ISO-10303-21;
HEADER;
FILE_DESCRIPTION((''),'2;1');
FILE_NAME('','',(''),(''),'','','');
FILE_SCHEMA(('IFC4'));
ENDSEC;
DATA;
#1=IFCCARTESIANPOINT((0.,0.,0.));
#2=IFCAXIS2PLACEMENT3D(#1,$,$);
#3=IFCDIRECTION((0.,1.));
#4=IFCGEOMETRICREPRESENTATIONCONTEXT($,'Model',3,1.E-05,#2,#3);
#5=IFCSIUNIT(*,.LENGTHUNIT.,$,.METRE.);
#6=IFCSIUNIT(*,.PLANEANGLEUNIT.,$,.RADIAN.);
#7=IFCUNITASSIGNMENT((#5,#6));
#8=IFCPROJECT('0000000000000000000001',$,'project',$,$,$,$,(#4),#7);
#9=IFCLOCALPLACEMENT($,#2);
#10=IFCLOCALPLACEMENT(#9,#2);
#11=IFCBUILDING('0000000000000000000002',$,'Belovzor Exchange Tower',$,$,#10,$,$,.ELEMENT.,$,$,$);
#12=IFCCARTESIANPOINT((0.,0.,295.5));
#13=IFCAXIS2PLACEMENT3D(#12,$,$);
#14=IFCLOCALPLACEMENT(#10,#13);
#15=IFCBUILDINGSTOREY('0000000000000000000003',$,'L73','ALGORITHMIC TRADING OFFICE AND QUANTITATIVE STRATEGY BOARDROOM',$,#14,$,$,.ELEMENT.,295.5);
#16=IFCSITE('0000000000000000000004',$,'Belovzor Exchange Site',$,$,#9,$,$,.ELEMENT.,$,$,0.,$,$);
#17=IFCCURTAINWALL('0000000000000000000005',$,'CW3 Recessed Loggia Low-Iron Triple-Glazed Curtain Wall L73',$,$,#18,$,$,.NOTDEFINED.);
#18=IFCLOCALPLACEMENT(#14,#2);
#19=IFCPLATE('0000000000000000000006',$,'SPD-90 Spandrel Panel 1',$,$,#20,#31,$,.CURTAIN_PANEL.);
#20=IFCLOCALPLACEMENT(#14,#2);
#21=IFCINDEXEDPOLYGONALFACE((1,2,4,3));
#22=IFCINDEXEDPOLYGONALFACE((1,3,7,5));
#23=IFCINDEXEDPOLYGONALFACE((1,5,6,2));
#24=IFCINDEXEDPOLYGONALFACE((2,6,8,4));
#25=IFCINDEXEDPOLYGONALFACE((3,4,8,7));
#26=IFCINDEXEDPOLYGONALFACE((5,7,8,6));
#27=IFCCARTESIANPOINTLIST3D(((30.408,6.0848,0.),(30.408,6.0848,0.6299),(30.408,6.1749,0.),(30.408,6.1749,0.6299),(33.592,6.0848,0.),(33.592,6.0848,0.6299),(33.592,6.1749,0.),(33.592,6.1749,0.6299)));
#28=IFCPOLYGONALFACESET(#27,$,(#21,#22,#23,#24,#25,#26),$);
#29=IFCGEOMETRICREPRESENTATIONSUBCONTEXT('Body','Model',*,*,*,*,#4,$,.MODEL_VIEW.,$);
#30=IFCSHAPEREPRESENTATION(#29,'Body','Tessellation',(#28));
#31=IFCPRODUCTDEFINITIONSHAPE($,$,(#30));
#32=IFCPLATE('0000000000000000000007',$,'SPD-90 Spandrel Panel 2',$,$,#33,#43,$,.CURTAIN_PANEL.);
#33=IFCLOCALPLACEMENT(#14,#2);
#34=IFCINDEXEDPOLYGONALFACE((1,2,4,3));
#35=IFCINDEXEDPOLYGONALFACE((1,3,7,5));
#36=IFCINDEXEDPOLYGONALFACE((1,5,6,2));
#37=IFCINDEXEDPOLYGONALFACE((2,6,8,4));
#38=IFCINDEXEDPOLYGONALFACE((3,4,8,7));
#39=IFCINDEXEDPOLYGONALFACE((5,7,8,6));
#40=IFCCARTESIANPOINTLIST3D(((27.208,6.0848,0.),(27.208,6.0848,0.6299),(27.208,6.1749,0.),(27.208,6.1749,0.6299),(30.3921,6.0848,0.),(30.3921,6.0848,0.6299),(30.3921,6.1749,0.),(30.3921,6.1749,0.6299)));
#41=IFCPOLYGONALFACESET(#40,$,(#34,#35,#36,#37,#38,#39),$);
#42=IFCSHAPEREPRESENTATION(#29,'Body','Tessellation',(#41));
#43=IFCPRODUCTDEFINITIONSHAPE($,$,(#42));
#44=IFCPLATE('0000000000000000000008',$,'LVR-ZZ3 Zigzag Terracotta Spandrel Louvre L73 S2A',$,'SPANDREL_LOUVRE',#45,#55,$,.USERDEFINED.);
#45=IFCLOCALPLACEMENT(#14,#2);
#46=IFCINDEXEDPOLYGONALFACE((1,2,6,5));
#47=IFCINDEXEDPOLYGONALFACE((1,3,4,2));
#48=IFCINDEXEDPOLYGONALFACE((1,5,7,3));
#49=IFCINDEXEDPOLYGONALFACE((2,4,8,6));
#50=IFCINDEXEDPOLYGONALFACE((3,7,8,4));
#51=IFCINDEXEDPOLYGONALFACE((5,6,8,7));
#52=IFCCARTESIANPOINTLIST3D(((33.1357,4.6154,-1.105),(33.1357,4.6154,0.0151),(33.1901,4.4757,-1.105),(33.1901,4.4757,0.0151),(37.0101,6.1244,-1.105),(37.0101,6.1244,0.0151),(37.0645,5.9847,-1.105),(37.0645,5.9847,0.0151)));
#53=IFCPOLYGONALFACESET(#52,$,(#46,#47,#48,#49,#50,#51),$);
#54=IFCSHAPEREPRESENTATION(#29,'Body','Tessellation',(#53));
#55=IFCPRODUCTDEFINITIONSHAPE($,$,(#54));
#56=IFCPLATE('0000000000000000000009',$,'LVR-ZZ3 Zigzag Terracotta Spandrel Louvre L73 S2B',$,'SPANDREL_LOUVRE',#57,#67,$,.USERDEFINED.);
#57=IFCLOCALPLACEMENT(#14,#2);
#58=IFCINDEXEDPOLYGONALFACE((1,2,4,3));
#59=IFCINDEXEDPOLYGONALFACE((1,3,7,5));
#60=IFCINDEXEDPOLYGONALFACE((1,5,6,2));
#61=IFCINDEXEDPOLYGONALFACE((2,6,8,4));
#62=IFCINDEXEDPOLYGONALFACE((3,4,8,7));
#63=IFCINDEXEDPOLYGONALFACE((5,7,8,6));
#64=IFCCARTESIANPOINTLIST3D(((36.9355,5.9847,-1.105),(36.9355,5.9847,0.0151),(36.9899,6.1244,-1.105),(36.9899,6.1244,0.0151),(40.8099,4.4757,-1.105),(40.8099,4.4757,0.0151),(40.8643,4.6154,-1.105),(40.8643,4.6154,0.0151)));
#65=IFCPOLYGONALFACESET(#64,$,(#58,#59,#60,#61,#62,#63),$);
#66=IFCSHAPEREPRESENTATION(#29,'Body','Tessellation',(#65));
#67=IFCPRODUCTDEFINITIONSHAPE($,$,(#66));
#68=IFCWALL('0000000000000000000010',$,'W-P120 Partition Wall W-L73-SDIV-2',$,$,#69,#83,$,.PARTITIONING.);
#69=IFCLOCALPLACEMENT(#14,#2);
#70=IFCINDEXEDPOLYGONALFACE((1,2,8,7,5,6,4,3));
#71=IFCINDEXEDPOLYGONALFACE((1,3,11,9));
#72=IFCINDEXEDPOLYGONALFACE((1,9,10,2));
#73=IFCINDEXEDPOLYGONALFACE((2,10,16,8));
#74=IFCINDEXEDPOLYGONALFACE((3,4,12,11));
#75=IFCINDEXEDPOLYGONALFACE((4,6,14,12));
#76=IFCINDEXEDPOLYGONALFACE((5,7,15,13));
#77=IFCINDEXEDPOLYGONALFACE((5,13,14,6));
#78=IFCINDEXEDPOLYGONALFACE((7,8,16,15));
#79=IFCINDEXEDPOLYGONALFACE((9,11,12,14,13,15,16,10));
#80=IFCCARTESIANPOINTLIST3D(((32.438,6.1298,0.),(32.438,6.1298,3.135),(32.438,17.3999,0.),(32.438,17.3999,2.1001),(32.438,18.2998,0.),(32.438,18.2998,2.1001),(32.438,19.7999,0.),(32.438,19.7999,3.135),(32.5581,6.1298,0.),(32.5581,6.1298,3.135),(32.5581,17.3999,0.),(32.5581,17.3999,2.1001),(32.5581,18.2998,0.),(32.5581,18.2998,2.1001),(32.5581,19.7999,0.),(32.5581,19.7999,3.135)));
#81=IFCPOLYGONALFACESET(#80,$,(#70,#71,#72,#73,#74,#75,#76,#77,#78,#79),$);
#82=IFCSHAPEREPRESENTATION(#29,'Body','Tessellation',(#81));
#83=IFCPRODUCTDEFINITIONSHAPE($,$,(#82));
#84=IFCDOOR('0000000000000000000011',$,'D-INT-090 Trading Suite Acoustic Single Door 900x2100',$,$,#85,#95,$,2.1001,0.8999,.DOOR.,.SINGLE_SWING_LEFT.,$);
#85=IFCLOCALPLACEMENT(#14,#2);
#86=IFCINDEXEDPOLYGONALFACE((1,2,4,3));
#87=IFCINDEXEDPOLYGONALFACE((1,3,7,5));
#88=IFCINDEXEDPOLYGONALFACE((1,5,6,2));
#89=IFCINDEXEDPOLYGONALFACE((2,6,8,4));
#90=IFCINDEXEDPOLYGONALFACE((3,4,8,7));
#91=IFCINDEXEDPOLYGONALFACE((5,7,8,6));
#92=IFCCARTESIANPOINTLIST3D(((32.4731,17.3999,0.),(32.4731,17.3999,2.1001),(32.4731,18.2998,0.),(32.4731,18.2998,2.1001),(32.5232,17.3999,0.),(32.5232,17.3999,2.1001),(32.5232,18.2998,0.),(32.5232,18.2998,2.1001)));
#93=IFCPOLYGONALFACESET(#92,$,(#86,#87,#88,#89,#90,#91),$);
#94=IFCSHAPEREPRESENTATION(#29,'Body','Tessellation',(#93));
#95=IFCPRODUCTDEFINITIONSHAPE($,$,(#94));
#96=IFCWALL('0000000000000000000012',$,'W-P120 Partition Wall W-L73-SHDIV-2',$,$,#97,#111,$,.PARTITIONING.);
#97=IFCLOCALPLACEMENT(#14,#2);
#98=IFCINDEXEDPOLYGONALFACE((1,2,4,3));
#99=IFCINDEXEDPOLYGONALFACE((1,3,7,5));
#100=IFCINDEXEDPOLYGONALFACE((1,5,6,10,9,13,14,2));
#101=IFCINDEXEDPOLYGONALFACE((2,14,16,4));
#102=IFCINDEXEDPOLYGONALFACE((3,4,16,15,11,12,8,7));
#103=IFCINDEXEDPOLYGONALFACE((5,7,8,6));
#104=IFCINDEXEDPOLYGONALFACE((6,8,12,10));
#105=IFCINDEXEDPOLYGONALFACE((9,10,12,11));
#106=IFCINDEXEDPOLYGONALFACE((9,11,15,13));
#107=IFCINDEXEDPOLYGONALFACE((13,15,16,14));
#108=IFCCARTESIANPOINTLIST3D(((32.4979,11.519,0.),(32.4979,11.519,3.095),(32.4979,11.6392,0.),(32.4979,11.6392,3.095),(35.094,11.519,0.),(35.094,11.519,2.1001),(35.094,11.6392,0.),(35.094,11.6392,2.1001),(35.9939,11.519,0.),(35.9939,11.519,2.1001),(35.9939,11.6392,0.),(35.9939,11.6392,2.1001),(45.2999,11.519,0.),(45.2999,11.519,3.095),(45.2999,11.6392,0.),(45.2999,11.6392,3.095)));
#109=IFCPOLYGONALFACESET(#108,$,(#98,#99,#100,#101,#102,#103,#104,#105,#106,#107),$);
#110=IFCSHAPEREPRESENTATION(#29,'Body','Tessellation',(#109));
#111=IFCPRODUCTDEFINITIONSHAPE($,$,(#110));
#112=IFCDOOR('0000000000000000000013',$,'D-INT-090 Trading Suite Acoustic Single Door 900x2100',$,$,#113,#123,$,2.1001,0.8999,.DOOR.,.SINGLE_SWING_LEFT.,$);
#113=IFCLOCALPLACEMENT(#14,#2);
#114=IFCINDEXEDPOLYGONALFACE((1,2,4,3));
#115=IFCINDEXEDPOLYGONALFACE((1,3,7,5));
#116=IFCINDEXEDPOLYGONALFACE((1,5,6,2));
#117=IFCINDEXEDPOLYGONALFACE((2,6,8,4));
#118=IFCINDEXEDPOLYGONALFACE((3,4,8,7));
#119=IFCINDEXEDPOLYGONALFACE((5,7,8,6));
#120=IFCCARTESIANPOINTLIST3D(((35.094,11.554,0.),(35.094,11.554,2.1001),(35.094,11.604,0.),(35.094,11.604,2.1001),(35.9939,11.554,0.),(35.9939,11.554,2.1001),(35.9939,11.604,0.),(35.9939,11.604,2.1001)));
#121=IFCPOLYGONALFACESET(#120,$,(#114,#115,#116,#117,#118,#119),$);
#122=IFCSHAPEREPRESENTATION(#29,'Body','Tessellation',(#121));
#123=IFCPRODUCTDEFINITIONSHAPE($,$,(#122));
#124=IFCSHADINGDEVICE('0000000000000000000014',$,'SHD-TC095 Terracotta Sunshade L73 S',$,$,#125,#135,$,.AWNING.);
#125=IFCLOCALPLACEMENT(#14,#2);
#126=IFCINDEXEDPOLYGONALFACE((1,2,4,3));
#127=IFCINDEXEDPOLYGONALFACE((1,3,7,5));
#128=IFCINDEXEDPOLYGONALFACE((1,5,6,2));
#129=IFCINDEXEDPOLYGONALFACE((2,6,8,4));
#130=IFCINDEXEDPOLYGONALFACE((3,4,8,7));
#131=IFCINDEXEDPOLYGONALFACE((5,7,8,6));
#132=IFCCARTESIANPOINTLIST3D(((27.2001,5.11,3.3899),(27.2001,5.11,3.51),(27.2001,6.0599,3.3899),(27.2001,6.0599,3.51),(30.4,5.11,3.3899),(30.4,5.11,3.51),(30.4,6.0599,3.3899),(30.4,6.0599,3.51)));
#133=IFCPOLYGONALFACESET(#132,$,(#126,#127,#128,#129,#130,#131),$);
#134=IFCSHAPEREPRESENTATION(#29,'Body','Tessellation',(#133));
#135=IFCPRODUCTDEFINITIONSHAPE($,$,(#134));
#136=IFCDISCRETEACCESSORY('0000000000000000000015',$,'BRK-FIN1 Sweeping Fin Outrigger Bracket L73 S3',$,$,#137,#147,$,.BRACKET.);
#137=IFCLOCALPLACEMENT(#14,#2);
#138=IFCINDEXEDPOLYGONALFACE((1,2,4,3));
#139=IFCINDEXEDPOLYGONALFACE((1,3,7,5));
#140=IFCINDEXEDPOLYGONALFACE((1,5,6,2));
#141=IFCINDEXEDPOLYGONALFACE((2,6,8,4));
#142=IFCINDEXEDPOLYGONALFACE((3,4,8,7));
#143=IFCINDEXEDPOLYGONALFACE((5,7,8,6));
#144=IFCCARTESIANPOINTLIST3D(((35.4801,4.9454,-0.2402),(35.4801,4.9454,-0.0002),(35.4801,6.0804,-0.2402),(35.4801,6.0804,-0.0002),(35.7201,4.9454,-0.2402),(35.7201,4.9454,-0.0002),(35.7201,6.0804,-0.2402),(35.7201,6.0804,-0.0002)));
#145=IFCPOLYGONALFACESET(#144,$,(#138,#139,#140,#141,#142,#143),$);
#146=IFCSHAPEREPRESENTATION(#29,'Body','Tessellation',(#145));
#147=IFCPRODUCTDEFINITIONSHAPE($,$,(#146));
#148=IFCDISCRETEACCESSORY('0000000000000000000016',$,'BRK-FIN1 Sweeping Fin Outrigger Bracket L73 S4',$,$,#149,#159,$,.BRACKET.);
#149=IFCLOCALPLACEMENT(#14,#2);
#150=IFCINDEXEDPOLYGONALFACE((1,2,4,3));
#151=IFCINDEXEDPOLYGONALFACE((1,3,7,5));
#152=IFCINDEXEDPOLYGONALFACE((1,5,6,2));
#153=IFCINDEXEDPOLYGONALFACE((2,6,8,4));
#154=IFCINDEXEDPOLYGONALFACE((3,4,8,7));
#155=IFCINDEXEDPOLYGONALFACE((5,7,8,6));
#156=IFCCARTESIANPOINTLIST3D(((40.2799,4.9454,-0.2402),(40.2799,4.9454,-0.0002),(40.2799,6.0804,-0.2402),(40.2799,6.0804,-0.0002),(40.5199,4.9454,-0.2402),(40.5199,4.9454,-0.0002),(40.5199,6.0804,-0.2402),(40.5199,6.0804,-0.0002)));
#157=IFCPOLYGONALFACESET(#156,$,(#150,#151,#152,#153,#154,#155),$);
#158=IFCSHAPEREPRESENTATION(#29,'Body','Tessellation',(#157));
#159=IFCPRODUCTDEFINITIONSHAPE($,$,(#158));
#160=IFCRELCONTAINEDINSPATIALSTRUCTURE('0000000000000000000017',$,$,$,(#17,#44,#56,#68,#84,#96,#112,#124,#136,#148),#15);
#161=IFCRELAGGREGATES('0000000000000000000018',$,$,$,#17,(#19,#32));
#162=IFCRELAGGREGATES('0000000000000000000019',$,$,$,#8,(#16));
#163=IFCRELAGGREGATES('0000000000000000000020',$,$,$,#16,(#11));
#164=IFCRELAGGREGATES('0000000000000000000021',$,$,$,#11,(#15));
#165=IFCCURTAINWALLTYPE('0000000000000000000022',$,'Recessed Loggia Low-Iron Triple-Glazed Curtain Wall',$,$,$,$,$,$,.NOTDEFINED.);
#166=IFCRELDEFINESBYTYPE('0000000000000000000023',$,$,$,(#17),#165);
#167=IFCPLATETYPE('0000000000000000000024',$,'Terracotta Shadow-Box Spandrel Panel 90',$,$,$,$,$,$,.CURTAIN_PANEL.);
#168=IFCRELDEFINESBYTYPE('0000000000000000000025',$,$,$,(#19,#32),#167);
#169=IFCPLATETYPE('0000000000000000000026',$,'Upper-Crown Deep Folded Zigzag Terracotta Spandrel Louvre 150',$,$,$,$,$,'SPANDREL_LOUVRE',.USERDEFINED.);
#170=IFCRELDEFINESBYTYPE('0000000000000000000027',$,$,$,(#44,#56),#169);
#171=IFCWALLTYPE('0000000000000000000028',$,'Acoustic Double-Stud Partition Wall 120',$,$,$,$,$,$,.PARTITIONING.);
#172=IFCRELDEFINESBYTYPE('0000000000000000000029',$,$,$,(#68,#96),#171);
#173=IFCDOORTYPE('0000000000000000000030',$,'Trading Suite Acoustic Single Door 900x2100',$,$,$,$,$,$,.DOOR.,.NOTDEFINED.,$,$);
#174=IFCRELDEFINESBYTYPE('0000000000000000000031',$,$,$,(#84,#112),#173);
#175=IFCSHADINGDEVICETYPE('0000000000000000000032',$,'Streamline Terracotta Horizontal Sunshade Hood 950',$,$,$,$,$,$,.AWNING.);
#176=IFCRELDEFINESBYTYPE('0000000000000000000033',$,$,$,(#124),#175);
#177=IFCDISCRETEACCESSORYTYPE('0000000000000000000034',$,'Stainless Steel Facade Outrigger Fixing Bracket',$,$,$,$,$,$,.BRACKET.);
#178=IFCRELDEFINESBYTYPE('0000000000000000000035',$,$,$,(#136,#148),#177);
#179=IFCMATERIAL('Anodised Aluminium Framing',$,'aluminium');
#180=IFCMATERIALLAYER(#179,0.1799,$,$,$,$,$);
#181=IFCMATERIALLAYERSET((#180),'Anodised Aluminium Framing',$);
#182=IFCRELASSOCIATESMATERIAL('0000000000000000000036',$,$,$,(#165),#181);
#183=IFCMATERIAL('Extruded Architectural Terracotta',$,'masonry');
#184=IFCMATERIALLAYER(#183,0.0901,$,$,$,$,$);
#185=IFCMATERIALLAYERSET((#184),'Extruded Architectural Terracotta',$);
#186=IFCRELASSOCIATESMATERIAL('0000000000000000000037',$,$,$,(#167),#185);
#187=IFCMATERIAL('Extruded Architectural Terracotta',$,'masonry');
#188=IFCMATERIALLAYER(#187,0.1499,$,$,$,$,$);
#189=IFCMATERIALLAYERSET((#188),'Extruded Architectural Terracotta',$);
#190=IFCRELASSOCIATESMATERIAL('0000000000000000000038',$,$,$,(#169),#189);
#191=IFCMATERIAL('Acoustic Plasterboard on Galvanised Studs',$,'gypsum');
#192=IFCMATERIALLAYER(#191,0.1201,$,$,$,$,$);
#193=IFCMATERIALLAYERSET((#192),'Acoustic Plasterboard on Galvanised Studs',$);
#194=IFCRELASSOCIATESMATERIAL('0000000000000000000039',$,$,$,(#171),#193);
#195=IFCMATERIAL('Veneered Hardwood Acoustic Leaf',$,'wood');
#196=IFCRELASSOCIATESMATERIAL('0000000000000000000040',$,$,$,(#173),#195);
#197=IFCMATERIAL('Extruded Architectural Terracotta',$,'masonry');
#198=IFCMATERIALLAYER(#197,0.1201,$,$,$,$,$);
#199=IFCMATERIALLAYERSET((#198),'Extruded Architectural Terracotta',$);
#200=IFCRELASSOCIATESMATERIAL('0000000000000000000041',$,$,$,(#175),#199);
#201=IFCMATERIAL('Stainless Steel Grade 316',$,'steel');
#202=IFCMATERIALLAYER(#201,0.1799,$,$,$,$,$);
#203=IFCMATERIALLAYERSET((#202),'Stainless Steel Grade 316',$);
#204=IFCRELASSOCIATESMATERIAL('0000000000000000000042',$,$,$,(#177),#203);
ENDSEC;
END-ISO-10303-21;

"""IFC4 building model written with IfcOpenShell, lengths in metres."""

from ifc_helpers import new_model, si_unit, direction, frame, frame_2d, origin, origin_2d, place, context, subcontext, project, spatial, rectangle, extrude, material, layer, layer_set, type_object, element, fill, aggregate, save


model = new_model("IFC4")

# Units and contexts
model_context = context("Model", 3, precision=1e-05, world=origin(), true_north=direction((0.0, 1.0)))
body_context = subcontext(model_context, "Body", "Model", "MODEL_VIEW")
ifc_project = project(units=[si_unit("LENGTHUNIT", "METRE"), si_unit("PLANEANGLEUNIT", "RADIAN")], contexts=[model_context])

# Site, building, storey
site_placement = place(None, origin())
site = spatial("IfcSite", under=ifc_project, at=site_placement, Name="Belovzor Exchange Site", CompositionType="ELEMENT", RefElevation=0.0)
building_placement = place(site_placement, origin())
building = spatial("IfcBuilding", under=site, at=building_placement, Name="Belovzor Exchange Tower", CompositionType="ELEMENT")
storey_placement = place(building_placement, frame((0.0, 0.0, 295.5)))
storey = spatial("IfcBuildingStorey", under=building, at=storey_placement, Name="L73", Description="ALGORITHMIC TRADING OFFICE AND QUANTITATIVE STRATEGY BOARDROOM", CompositionType="ELEMENT", Elevation=295.5)

# Curtain wall
ifc_material_1 = material(Name="Anodised Aluminium Framing", Category="aluminium")
ifc_layer_1 = layer(ifc_material_1, 0.1799)
ifc_layer_set_1 = layer_set([ifc_layer_1], Name="Anodised Aluminium Framing")
curtain_wall_type = type_object("IfcCurtainWallType", Name="Recessed Loggia Low-Iron Triple-Glazed Curtain Wall", PredefinedType="NOTDEFINED", material=ifc_layer_set_1)
curtain_wall_placement = place(storey_placement, origin())
curtain_wall = element("IfcCurtainWall", 1, at=curtain_wall_placement, inside=storey, type_object=curtain_wall_type, Name="CW3 Recessed Loggia Low-Iron Triple-Glazed Curtain Wall L73", PredefinedType="NOTDEFINED")

# Plates
ifc_material_2 = material(Name="Extruded Architectural Terracotta", Category="masonry")
ifc_layer_2 = layer(ifc_material_2, 0.0901)
ifc_layer_set_2 = layer_set([ifc_layer_2], Name="Extruded Architectural Terracotta")
plate_type_1 = type_object("IfcPlateType", Name="Terracotta Shadow-Box Spandrel Panel 90", PredefinedType="CURTAIN_PANEL", material=ifc_layer_set_2)
plate_1_placement = place(storey_placement, frame((32.0, 6.1299, 0.0), z_axis=(0.0, 0.0, 1.0), x_axis=(-1.0, 0.0, 0.0)))
plate_1 = element("IfcPlate", 2, at=plate_1_placement, type_object=plate_type_1, Name="SPD-90 Spandrel Panel 1", PredefinedType="CURTAIN_PANEL", context=body_context, shape_type="SweptSolid", body=[
    extrude(rectangle(XDim=3.1841, YDim=0.0901, at=origin_2d()), origin(), (0.0, 0.0, 1.0), 0.6299),
])
plate_2_placement = place(storey_placement, frame((28.8, 6.1299, 0.0), z_axis=(0.0, 0.0, 1.0), x_axis=(-1.0, 0.0, 0.0)))
plate_2 = element("IfcPlate", 3, at=plate_2_placement, type_object=plate_type_1, Name="SPD-90 Spandrel Panel 2", PredefinedType="CURTAIN_PANEL", context=body_context, shape_type="SweptSolid", body=[
    extrude(rectangle(XDim=3.1841, YDim=0.0901, at=origin_2d()), origin(), (0.0, 0.0, 1.0), 0.6299),
])
aggregate(curtain_wall, [plate_1, plate_2])

# Plates
ifc_material_3 = material(Name="Extruded Architectural Terracotta", Category="masonry")
ifc_layer_3 = layer(ifc_material_3, 0.1499)
ifc_layer_set_3 = layer_set([ifc_layer_3], Name="Extruded Architectural Terracotta")
plate_type_2 = type_object("IfcPlateType", Name="Upper-Crown Deep Folded Zigzag Terracotta Spandrel Louvre 150", ElementType="SPANDREL_LOUVRE", PredefinedType="USERDEFINED", material=ifc_layer_set_3)
for number, where, z_axis, x_axis, name in (
    (4, (35.1001, 5.3, -1.105), (0.0, 0.0, 1.0), (0.931818, 0.362926, 0.0), "LVR-ZZ3 Zigzag Terracotta Spandrel Louvre L73 S2A"),
    (5, (38.8999, 5.3, -1.105), (0.0, 0.0, 1.0), (0.931818, -0.362926, 0.0), "LVR-ZZ3 Zigzag Terracotta Spandrel Louvre L73 S2B"),
):
    element("IfcPlate", number, at=place(storey_placement, frame(where, z_axis=z_axis, x_axis=x_axis)), inside=storey, type_object=plate_type_2, Name=name, ObjectType="SPANDREL_LOUVRE", PredefinedType="USERDEFINED", context=body_context, shape_type="SweptSolid", body=[
        extrude(rectangle(XDim=4.158, YDim=0.1499, at=origin_2d()), origin(), (0.0, 0.0, 1.0), 1.1201),
    ])

# Walls, openings, doors
ifc_material_4 = material(Name="Acoustic Plasterboard on Galvanised Studs", Category="gypsum")
ifc_layer_4 = layer(ifc_material_4, 0.1201)
ifc_layer_set_4 = layer_set([ifc_layer_4], Name="Acoustic Plasterboard on Galvanised Studs")
wall_type = type_object("IfcWallType", Name="Acoustic Double-Stud Partition Wall 120", PredefinedType="PARTITIONING", material=ifc_layer_set_4)
wall_1_placement = place(storey_placement, frame((32.498, 6.1299, 0.0), z_axis=(0.0, 0.0, 1.0), x_axis=(0.0, 1.0, 0.0)))
wall_1 = element("IfcWall", 6, at=wall_1_placement, inside=storey, type_object=wall_type, Name="W-P120 Partition Wall W-L73-SDIV-2", PredefinedType="PARTITIONING", context=body_context, shape_type="SweptSolid", body=[
    extrude(rectangle(XDim=13.6702, YDim=0.1201, at=frame_2d((6.835, 0.0))), origin(), (0.0, 0.0, 1.0), 3.135),
])
opening_1_placement = place(wall_1_placement, frame((11.27, 0.0, 0.0)))
opening_1 = element("IfcOpeningElement", 7, at=opening_1_placement, cuts=wall_1, PredefinedType="OPENING", context=body_context, shape_type="SweptSolid", body=[
    extrude(rectangle(XDim=0.8999, YDim=2.1001, at=frame_2d((0.45, 1.05))), frame((0.0, 0.0701, 0.0), z_axis=(0.0, -1.0, 0.0), x_axis=(1.0, 0.0, 0.0)), (0.0, 0.0, 1.0), 0.1401),
])
ifc_material_5 = material(Name="Veneered Hardwood Acoustic Leaf", Category="wood")
door_type = type_object("IfcDoorType", Name="Trading Suite Acoustic Single Door 900x2100", OperationType="NOTDEFINED", PredefinedType="DOOR", material=ifc_material_5)
door_1_placement = place(opening_1_placement, origin())
door_1 = element("IfcDoor", 8, at=door_1_placement, inside=storey, type_object=door_type, Name="D-INT-090 Trading Suite Acoustic Single Door 900x2100", OperationType="SINGLE_SWING_LEFT", OverallHeight=2.1001, OverallWidth=0.8999, PredefinedType="DOOR", context=body_context, shape_type="SweptSolid", body=[
    extrude(rectangle(XDim=0.8999, YDim=2.1001, at=frame_2d((0.45, 1.05))), frame((0.0, 0.0249, 0.0), z_axis=(0.0, -1.0, 0.0), x_axis=(1.0, 0.0, 0.0)), (0.0, 0.0, 1.0), 0.05),
])
fill(opening_1, door_1)
wall_2_placement = place(storey_placement, frame((32.498, 11.5791, 0.0), z_axis=(0.0, 0.0, 1.0), x_axis=(1.0, 0.0, 0.0)))
wall_2 = element("IfcWall", 9, at=wall_2_placement, inside=storey, type_object=wall_type, Name="W-P120 Partition Wall W-L73-SHDIV-2", PredefinedType="PARTITIONING", context=body_context, shape_type="SweptSolid", body=[
    extrude(rectangle(XDim=12.802, YDim=0.1201, at=frame_2d((6.4009, 0.0))), origin(), (0.0, 0.0, 1.0), 3.095),
])
opening_2_placement = place(wall_2_placement, frame((2.5959, 0.0, 0.0)))
opening_2 = element("IfcOpeningElement", 10, at=opening_2_placement, cuts=wall_2, PredefinedType="OPENING", context=body_context, shape_type="SweptSolid", body=[
    extrude(rectangle(XDim=0.8999, YDim=2.1001, at=frame_2d((0.45, 1.05))), frame((0.0, 0.0701, 0.0), z_axis=(0.0, -1.0, 0.0), x_axis=(1.0, 0.0, 0.0)), (0.0, 0.0, 1.0), 0.1401),
])
door_2_placement = place(opening_2_placement, origin())
door_2 = element("IfcDoor", 11, at=door_2_placement, inside=storey, type_object=door_type, Name="D-INT-090 Trading Suite Acoustic Single Door 900x2100", OperationType="SINGLE_SWING_LEFT", OverallHeight=2.1001, OverallWidth=0.8999, PredefinedType="DOOR", context=body_context, shape_type="SweptSolid", body=[
    extrude(rectangle(XDim=0.8999, YDim=2.1001, at=frame_2d((0.45, 1.05))), frame((0.0, 0.0249, 0.0), z_axis=(0.0, -1.0, 0.0), x_axis=(1.0, 0.0, 0.0)), (0.0, 0.0, 1.0), 0.05),
])
fill(opening_2, door_2)

# Shading device
ifc_material_6 = material(Name="Extruded Architectural Terracotta", Category="masonry")
ifc_layer_5 = layer(ifc_material_6, 0.1201)
ifc_layer_set_5 = layer_set([ifc_layer_5], Name="Extruded Architectural Terracotta")
shading_device_type = type_object("IfcShadingDeviceType", Name="Streamline Terracotta Horizontal Sunshade Hood 950", PredefinedType="AWNING", material=ifc_layer_set_5)
shading_device_placement = place(storey_placement, frame((28.8, 5.585, 3.3899), z_axis=(0.0, 0.0, 1.0), x_axis=(1.0, 0.0, 0.0)))
element("IfcShadingDevice", 12, at=shading_device_placement, inside=storey, type_object=shading_device_type, Name="SHD-TC095 Terracotta Sunshade L73 S", PredefinedType="AWNING", context=body_context, shape_type="SweptSolid", body=[
    extrude(rectangle(XDim=3.2, YDim=0.95, at=origin_2d()), origin(), (0.0, 0.0, 1.0), 0.1201),
])

# Discrete accessories
ifc_material_7 = material(Name="Stainless Steel Grade 316", Category="steel")
ifc_layer_6 = layer(ifc_material_7, 0.1799)
ifc_layer_set_6 = layer_set([ifc_layer_6], Name="Stainless Steel Grade 316")
discrete_accessory_type = type_object("IfcDiscreteAccessoryType", Name="Stainless Steel Facade Outrigger Fixing Bracket", PredefinedType="BRACKET", material=ifc_layer_set_6)
for number, where, z_axis, x_axis, name in (
    (13, (35.6001, 5.5129, -0.2402), (0.0, 0.0, 1.0), (0.0, 1.0, 0.0), "BRK-FIN1 Sweeping Fin Outrigger Bracket L73 S3"),
    (14, (40.3999, 5.5129, -0.2402), (0.0, 0.0, 1.0), (0.0, 1.0, 0.0), "BRK-FIN1 Sweeping Fin Outrigger Bracket L73 S4"),
):
    element("IfcDiscreteAccessory", number, at=place(storey_placement, frame(where, z_axis=z_axis, x_axis=x_axis)), inside=storey, type_object=discrete_accessory_type, Name=name, PredefinedType="BRACKET", context=body_context, shape_type="SweptSolid", body=[
        extrude(rectangle(XDim=1.135, YDim=0.24, at=origin_2d()), origin(), (0.0, 0.0, 1.0), 0.24),
    ])

save(model, "model.ifc")
